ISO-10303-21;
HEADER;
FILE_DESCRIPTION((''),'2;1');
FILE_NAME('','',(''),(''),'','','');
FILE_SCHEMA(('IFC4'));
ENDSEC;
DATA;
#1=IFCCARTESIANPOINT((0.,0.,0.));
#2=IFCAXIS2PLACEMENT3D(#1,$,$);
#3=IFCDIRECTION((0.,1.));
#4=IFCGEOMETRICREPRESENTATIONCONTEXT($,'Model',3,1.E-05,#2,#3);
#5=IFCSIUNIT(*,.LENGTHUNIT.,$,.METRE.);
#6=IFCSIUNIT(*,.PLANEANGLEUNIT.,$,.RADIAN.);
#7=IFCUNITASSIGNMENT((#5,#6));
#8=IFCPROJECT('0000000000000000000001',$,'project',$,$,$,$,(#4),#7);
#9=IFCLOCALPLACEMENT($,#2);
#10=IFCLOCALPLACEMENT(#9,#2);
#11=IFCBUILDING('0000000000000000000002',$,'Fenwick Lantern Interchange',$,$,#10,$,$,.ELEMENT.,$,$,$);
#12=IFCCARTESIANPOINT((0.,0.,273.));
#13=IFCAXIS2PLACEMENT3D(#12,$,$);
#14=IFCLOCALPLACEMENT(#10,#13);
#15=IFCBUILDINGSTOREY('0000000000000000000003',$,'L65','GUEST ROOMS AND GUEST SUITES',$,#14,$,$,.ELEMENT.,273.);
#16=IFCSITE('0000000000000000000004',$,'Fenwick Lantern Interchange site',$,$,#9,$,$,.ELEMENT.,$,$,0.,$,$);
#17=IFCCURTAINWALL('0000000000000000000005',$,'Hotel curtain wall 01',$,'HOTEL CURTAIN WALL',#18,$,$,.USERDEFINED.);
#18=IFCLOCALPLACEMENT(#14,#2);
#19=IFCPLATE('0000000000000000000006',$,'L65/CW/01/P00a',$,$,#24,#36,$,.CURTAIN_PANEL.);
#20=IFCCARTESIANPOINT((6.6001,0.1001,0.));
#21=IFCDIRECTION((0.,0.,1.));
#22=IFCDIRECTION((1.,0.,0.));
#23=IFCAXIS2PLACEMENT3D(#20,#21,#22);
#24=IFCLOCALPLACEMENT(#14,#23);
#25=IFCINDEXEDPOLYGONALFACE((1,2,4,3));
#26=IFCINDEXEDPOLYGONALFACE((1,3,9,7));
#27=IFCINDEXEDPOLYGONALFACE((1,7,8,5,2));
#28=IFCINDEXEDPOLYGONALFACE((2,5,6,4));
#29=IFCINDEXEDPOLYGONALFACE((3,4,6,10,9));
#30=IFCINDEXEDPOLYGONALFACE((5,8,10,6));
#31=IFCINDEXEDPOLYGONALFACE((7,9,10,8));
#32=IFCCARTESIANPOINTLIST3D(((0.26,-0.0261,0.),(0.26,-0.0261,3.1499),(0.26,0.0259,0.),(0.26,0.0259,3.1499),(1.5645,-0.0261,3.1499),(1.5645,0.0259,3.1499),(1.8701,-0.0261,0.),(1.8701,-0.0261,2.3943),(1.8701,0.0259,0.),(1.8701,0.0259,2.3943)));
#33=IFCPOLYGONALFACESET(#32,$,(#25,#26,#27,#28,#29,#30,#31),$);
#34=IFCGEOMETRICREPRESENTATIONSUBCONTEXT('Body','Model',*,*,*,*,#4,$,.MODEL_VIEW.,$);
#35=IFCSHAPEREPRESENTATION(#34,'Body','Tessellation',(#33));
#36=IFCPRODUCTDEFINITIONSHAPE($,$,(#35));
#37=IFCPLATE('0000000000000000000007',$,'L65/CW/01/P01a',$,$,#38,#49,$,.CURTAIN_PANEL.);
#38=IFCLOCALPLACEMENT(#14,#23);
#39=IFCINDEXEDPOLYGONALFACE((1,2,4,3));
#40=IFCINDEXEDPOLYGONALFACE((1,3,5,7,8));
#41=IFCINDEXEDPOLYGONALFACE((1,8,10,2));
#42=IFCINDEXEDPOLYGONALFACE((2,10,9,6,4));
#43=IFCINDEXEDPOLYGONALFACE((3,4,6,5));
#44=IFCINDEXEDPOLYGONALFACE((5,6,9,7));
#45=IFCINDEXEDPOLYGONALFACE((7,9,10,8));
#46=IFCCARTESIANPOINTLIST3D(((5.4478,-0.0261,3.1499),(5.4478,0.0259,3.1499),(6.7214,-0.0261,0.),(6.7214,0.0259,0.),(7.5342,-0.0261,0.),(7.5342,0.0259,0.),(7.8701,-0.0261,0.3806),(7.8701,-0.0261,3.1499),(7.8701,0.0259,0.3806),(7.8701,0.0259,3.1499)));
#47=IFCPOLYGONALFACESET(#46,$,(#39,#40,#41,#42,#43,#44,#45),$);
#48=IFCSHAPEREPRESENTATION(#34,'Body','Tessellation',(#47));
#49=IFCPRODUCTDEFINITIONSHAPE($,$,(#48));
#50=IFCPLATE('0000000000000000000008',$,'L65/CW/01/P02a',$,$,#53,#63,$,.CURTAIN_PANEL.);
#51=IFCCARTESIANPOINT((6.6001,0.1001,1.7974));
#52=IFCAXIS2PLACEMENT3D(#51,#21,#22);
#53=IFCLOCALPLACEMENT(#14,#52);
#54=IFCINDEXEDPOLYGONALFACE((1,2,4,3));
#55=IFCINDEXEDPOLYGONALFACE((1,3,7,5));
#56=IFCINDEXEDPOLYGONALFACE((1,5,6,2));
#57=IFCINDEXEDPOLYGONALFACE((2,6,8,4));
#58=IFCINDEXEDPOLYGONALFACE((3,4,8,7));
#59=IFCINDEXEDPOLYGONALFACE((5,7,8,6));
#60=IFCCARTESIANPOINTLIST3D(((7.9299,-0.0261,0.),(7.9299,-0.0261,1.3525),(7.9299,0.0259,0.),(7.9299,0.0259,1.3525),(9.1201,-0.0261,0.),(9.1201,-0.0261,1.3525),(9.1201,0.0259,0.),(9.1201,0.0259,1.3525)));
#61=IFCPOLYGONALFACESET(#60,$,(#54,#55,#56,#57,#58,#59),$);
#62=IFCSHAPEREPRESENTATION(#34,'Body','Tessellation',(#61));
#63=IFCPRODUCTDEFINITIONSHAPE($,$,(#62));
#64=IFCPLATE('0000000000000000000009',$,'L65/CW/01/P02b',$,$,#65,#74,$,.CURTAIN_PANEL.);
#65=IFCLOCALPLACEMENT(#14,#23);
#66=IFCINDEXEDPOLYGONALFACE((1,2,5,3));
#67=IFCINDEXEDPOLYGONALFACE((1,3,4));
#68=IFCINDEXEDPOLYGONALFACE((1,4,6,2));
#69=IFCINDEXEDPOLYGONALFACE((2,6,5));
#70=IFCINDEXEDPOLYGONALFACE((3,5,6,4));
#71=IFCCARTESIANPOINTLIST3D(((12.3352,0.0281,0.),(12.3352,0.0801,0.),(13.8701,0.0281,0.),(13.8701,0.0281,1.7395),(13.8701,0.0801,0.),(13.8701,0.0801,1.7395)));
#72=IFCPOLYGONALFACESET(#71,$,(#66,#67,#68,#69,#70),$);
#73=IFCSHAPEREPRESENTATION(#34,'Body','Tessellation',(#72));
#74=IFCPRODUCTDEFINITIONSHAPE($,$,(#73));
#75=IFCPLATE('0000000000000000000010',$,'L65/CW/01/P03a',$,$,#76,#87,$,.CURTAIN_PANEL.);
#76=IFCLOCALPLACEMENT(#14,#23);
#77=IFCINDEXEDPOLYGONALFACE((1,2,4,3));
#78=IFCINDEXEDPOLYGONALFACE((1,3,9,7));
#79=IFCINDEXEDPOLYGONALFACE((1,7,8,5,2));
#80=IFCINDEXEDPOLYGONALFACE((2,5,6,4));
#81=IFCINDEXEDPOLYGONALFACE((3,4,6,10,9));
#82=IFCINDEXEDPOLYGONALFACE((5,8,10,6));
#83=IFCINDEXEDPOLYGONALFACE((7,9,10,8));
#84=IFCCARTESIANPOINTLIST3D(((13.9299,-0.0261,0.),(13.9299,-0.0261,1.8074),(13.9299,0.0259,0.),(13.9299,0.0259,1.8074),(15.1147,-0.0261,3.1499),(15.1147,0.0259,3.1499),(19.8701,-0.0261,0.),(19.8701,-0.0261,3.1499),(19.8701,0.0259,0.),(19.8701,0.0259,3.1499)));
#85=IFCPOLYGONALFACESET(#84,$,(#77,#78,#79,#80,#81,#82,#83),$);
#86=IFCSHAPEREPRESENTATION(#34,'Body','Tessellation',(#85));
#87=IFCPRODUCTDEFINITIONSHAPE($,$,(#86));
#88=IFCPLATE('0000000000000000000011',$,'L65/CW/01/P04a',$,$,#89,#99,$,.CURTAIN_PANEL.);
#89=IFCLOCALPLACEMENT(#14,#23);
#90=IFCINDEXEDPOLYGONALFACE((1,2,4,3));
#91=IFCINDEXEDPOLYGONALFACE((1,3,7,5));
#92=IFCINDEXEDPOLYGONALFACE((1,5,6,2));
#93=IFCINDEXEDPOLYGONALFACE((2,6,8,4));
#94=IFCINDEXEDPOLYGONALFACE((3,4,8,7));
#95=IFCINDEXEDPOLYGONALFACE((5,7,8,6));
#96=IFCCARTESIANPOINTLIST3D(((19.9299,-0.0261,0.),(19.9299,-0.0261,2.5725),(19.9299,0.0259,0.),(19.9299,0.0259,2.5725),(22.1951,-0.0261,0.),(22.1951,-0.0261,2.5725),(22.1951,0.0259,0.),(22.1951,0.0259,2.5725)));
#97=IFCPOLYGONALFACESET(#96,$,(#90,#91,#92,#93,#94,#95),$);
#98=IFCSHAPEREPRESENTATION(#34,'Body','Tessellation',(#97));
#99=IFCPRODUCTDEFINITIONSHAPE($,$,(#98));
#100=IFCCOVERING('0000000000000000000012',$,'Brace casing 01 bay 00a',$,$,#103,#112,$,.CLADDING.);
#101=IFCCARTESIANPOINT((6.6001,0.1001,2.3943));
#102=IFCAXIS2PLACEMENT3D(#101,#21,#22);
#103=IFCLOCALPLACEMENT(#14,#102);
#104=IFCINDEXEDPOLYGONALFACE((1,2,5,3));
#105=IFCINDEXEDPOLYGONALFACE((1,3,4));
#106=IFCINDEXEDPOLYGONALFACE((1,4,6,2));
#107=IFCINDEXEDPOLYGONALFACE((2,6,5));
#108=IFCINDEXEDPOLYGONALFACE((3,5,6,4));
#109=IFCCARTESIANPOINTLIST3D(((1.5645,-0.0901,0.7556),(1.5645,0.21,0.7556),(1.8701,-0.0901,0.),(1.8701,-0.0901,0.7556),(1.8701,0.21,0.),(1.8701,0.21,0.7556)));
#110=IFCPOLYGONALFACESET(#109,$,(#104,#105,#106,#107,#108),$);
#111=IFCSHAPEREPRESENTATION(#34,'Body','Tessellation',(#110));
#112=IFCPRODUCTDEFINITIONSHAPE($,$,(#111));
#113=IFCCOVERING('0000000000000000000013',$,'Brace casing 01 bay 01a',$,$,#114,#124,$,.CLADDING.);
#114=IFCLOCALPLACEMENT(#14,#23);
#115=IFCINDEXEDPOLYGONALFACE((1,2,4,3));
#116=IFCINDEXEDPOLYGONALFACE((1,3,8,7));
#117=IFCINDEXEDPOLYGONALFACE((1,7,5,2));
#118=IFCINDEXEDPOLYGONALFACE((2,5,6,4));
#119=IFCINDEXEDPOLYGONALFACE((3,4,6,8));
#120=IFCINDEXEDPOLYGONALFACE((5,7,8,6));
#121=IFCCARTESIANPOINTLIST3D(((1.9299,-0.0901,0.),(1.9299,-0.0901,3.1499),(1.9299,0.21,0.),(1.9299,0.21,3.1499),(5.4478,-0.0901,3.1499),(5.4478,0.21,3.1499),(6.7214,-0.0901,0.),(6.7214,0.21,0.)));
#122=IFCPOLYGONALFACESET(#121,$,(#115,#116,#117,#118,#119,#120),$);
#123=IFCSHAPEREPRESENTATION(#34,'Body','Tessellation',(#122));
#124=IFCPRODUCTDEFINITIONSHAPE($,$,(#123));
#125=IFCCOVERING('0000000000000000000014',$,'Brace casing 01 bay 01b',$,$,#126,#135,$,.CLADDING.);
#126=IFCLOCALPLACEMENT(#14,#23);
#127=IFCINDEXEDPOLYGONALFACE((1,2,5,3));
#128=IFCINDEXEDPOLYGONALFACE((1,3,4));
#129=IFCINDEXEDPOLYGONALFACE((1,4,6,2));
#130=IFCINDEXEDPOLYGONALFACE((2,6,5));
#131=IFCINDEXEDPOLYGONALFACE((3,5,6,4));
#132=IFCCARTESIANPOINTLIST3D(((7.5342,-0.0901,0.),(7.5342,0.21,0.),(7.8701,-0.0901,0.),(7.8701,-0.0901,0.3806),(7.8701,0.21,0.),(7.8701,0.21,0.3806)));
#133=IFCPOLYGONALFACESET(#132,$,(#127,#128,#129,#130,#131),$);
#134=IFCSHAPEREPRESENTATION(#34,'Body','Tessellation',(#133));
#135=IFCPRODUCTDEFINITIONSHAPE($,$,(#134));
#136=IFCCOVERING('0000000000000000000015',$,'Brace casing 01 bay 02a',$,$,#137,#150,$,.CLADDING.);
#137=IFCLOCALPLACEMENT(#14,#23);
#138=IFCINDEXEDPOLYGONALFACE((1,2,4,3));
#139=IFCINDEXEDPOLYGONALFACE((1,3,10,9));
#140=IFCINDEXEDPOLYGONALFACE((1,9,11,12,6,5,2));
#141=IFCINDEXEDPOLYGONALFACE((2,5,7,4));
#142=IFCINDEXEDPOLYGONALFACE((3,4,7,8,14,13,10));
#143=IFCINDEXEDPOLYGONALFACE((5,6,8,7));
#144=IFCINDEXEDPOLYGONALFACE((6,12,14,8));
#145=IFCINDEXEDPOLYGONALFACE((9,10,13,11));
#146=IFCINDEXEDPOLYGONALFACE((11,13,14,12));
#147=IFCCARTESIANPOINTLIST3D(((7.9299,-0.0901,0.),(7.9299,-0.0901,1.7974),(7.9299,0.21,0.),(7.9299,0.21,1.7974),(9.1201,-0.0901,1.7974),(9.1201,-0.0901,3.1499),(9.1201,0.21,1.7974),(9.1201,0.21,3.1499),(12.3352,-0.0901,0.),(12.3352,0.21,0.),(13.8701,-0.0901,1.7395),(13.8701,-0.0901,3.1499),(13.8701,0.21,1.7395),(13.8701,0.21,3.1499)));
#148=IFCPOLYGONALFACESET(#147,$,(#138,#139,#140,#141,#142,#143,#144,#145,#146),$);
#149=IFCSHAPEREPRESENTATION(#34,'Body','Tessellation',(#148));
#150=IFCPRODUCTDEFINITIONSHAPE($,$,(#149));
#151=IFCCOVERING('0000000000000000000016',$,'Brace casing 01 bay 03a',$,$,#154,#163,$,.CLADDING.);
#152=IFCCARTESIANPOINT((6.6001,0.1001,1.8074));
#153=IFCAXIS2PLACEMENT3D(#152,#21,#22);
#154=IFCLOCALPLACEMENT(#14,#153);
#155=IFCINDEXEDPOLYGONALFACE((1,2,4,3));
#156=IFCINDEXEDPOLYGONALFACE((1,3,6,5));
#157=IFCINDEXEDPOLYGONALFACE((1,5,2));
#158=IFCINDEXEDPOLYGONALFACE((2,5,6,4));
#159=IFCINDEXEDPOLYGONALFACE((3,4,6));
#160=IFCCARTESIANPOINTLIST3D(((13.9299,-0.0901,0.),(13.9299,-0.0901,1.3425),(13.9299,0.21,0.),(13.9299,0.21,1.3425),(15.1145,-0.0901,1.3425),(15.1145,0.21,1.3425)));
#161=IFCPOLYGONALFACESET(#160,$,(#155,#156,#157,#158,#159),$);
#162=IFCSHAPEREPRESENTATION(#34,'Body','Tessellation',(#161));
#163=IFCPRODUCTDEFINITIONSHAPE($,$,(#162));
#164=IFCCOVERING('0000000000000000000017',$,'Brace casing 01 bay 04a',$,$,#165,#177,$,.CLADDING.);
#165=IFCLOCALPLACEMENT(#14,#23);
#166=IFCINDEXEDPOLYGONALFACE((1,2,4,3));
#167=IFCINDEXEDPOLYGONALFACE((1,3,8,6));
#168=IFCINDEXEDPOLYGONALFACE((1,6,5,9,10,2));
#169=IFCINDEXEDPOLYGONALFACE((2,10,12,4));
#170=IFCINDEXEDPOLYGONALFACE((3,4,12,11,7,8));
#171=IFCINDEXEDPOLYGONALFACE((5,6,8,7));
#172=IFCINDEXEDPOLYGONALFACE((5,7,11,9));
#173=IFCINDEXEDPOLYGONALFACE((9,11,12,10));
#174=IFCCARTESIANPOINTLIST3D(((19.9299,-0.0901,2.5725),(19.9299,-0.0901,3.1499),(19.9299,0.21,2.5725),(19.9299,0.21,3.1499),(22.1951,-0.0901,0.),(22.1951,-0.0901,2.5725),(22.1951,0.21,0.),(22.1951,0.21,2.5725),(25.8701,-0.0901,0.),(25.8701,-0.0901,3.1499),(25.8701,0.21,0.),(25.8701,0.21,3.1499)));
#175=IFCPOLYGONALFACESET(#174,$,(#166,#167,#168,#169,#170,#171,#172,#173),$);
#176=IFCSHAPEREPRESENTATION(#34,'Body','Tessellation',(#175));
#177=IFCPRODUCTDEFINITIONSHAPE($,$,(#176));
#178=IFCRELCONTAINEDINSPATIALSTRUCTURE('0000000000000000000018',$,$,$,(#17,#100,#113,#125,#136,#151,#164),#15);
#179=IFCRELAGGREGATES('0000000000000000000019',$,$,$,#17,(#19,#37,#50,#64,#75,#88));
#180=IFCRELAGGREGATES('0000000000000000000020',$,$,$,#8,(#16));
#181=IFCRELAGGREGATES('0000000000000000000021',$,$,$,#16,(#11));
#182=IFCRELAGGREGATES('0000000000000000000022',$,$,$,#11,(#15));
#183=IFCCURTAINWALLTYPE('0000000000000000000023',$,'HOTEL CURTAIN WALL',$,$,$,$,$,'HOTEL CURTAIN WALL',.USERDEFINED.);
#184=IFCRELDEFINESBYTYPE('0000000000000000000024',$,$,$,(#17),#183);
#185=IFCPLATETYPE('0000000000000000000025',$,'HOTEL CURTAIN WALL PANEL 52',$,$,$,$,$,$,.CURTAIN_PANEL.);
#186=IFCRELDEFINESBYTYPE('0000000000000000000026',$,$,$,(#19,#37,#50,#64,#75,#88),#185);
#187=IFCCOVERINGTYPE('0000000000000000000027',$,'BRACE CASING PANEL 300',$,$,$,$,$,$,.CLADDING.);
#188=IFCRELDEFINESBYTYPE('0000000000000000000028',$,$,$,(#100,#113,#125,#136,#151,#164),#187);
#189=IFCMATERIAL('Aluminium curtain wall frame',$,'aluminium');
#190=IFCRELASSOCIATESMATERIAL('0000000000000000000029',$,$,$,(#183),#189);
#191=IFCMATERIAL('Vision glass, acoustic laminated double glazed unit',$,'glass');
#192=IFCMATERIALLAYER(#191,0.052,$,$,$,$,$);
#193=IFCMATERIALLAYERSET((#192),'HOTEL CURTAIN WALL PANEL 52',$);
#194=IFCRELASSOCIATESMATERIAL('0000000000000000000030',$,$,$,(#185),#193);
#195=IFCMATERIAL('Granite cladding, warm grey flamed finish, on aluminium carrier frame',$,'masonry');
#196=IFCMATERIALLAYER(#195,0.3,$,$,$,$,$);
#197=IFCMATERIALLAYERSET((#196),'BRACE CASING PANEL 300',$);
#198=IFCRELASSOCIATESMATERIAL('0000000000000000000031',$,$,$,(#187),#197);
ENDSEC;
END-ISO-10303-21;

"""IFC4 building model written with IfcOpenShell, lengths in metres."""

from ifc_helpers import new_model, si_unit, direction, frame, origin, place, context, subcontext, project, spatial, polyline, outline, extrude, material, layer, layer_set, type_object, element, aggregate, save


model = new_model("IFC4")

# Units and contexts
model_context = context("Model", 3, precision=1e-05, world=origin(), true_north=direction((0.0, 1.0)))
body_context = subcontext(model_context, "Body", "Model", "MODEL_VIEW")
ifc_project = project(units=[si_unit("LENGTHUNIT", "METRE"), si_unit("PLANEANGLEUNIT", "RADIAN")], contexts=[model_context])

# Site, building, storey
site_placement = place(None, origin())
site = spatial("IfcSite", under=ifc_project, at=site_placement, Name="Fenwick Lantern Interchange site", CompositionType="ELEMENT", RefElevation=0.0)
building_placement = place(site_placement, origin())
building = spatial("IfcBuilding", under=site, at=building_placement, Name="Fenwick Lantern Interchange", CompositionType="ELEMENT")
storey_placement = place(building_placement, frame((0.0, 0.0, 273.0)))
storey = spatial("IfcBuildingStorey", under=building, at=storey_placement, Name="L65", Description="GUEST ROOMS AND GUEST SUITES", CompositionType="ELEMENT", Elevation=273.0)

# Curtain wall, plates
ifc_material_1 = material(Name="Aluminium curtain wall frame", Category="aluminium")
curtain_wall_type = type_object("IfcCurtainWallType", Name="HOTEL CURTAIN WALL", ElementType="HOTEL CURTAIN WALL", PredefinedType="USERDEFINED", material=ifc_material_1)
curtain_wall_placement = place(storey_placement, origin())
curtain_wall = element("IfcCurtainWall", 1, at=curtain_wall_placement, inside=storey, type_object=curtain_wall_type, Name="Hotel curtain wall 01", ObjectType="HOTEL CURTAIN WALL", PredefinedType="USERDEFINED")
ifc_material_2 = material(Name="Vision glass, acoustic laminated double glazed unit", Category="glass")
ifc_layer_1 = layer(ifc_material_2, 0.052)
ifc_layer_set_1 = layer_set([ifc_layer_1], Name="HOTEL CURTAIN WALL PANEL 52")
plate_type = type_object("IfcPlateType", Name="HOTEL CURTAIN WALL PANEL 52", PredefinedType="CURTAIN_PANEL", material=ifc_layer_set_1)
plate_1_placement = place(storey_placement, frame((6.6001, 0.1001, 0.0), z_axis=(0.0, 0.0, 1.0), x_axis=(1.0, 0.0, 0.0)))
plate_1 = element("IfcPlate", 2, at=plate_1_placement, type_object=plate_type, Name="L65/CW/01/P00a", PredefinedType="CURTAIN_PANEL", context=body_context, shape_type="SweptSolid", body=[
    extrude(outline(polyline([(0.26, 0.0), (1.8701, 0.0), (1.8701, 2.3943), (1.5645, 3.1499), (0.26, 3.1499), (0.26, 0.0)])), frame((0.0, 0.0259, 0.0), z_axis=(0.0, -1.0, 0.0), x_axis=(1.0, 0.0, 0.0)), (0.0, 0.0, 1.0), 0.052),
])
plate_2_placement = place(storey_placement, frame((6.6001, 0.1001, 0.0), z_axis=(0.0, 0.0, 1.0), x_axis=(1.0, 0.0, 0.0)))
plate_2 = element("IfcPlate", 3, at=plate_2_placement, type_object=plate_type, Name="L65/CW/01/P01a", PredefinedType="CURTAIN_PANEL", context=body_context, shape_type="SweptSolid", body=[
    extrude(outline(polyline([(6.7214, 0.0), (7.5342, 0.0), (7.8701, 0.3806), (7.8701, 3.1499), (5.4478, 3.1499), (6.7214, 0.0)])), frame((0.0, 0.0259, 0.0), z_axis=(0.0, -1.0, 0.0), x_axis=(1.0, 0.0, 0.0)), (0.0, 0.0, 1.0), 0.052),
])
plate_3_placement = place(storey_placement, frame((6.6001, 0.1001, 1.7974), z_axis=(0.0, 0.0, 1.0), x_axis=(1.0, 0.0, 0.0)))
plate_3 = element("IfcPlate", 4, at=plate_3_placement, type_object=plate_type, Name="L65/CW/01/P02a", PredefinedType="CURTAIN_PANEL", context=body_context, shape_type="SweptSolid", body=[
    extrude(outline(polyline([(7.9299, 0.0), (9.1201, 0.0), (9.1201, 1.3525), (7.9299, 1.3525), (7.9299, 0.0)])), frame((0.0, 0.0259, 0.0), z_axis=(0.0, -1.0, 0.0), x_axis=(1.0, 0.0, 0.0)), (0.0, 0.0, 1.0), 0.052),
])
plate_4_placement = place(storey_placement, frame((6.6001, 0.1001, 0.0), z_axis=(0.0, 0.0, 1.0), x_axis=(1.0, 0.0, 0.0)))
plate_4 = element("IfcPlate", 5, at=plate_4_placement, type_object=plate_type, Name="L65/CW/01/P02b", PredefinedType="CURTAIN_PANEL", context=body_context, shape_type="SweptSolid", body=[
    extrude(outline(polyline([(12.3352, 0.0), (13.8701, 0.0), (13.8701, 1.7395), (12.3352, 0.0)])), frame((0.0, 0.0801, 0.0), z_axis=(0.0, -1.0, 0.0), x_axis=(1.0, 0.0, 0.0)), (0.0, 0.0, 1.0), 0.052),
])
plate_5_placement = place(storey_placement, frame((6.6001, 0.1001, 0.0), z_axis=(0.0, 0.0, 1.0), x_axis=(1.0, 0.0, 0.0)))
plate_5 = element("IfcPlate", 6, at=plate_5_placement, type_object=plate_type, Name="L65/CW/01/P03a", PredefinedType="CURTAIN_PANEL", context=body_context, shape_type="SweptSolid", body=[
    extrude(outline(polyline([(13.9299, 0.0), (19.8701, 0.0), (19.8701, 3.1499), (15.1147, 3.1499), (13.9299, 1.8074), (13.9299, 0.0)])), frame((0.0, 0.0259, 0.0), z_axis=(0.0, -1.0, 0.0), x_axis=(1.0, 0.0, 0.0)), (0.0, 0.0, 1.0), 0.052),
])
plate_6_placement = place(storey_placement, frame((6.6001, 0.1001, 0.0), z_axis=(0.0, 0.0, 1.0), x_axis=(1.0, 0.0, 0.0)))
plate_6 = element("IfcPlate", 7, at=plate_6_placement, type_object=plate_type, Name="L65/CW/01/P04a", PredefinedType="CURTAIN_PANEL", context=body_context, shape_type="SweptSolid", body=[
    extrude(outline(polyline([(19.9299, 0.0), (22.1951, 0.0), (22.1951, 2.5725), (19.9299, 2.5725), (19.9299, 0.0)])), frame((0.0, 0.0259, 0.0), z_axis=(0.0, -1.0, 0.0), x_axis=(1.0, 0.0, 0.0)), (0.0, 0.0, 1.0), 0.052),
])
aggregate(curtain_wall, [plate_1, plate_2, plate_3, plate_4, plate_5, plate_6])

# Coverings
ifc_material_3 = material(Name="Granite cladding, warm grey flamed finish, on aluminium carrier frame", Category="masonry")
ifc_layer_2 = layer(ifc_material_3, 0.3)
ifc_layer_set_2 = layer_set([ifc_layer_2], Name="BRACE CASING PANEL 300")
covering_type_1 = type_object("IfcCoveringType", Name="BRACE CASING PANEL 300", PredefinedType="CLADDING", material=ifc_layer_set_2)
covering_1_placement = place(storey_placement, frame((6.6001, 0.1001, 2.3943), z_axis=(0.0, 0.0, 1.0), x_axis=(1.0, 0.0, 0.0)))
element("IfcCovering", 8, at=covering_1_placement, inside=storey, type_object=covering_type_1, Name="Brace casing 01 bay 00a", PredefinedType="CLADDING", context=body_context, shape_type="SweptSolid", body=[
    extrude(outline(polyline([(1.8701, 0.0), (1.8701, 0.7556), (1.5645, 0.7556), (1.8701, 0.0)])), frame((0.0, 0.21, 0.0), z_axis=(0.0, -1.0, 0.0), x_axis=(1.0, 0.0, 0.0)), (0.0, 0.0, 1.0), 0.3),
])
covering_2_placement = place(storey_placement, frame((6.6001, 0.1001, 0.0), z_axis=(0.0, 0.0, 1.0), x_axis=(1.0, 0.0, 0.0)))
element("IfcCovering", 9, at=covering_2_placement, inside=storey, type_object=covering_type_1, Name="Brace casing 01 bay 01a", PredefinedType="CLADDING", context=body_context, shape_type="SweptSolid", body=[
    extrude(outline(polyline([(1.9299, 0.0), (6.7214, 0.0), (5.4478, 3.1499), (1.9299, 3.1499), (1.9299, 0.0)])), frame((0.0, 0.21, 0.0), z_axis=(0.0, -1.0, 0.0), x_axis=(1.0, 0.0, 0.0)), (0.0, 0.0, 1.0), 0.3),
])
covering_3_placement = place(storey_placement, frame((6.6001, 0.1001, 0.0), z_axis=(0.0, 0.0, 1.0), x_axis=(1.0, 0.0, 0.0)))
element("IfcCovering", 10, at=covering_3_placement, inside=storey, type_object=covering_type_1, Name="Brace casing 01 bay 01b", PredefinedType="CLADDING", context=body_context, shape_type="SweptSolid", body=[
    extrude(outline(polyline([(7.5342, 0.0), (7.8701, 0.0), (7.8701, 0.3806), (7.5342, 0.0)])), frame((0.0, 0.21, 0.0), z_axis=(0.0, -1.0, 0.0), x_axis=(1.0, 0.0, 0.0)), (0.0, 0.0, 1.0), 0.3),
])
covering_4_placement = place(storey_placement, frame((6.6001, 0.1001, 0.0), z_axis=(0.0, 0.0, 1.0), x_axis=(1.0, 0.0, 0.0)))
element("IfcCovering", 11, at=covering_4_placement, inside=storey, type_object=covering_type_1, Name="Brace casing 01 bay 02a", PredefinedType="CLADDING", context=body_context, shape_type="SweptSolid", body=[
    extrude(outline(polyline([(7.9299, 0.0), (12.3352, 0.0), (13.8701, 1.7395), (13.8701, 3.1499), (9.1201, 3.1499), (9.1201, 1.7974), (7.9299, 1.7974), (7.9299, 0.0)])), frame((0.0, 0.21, 0.0), z_axis=(0.0, -1.0, 0.0), x_axis=(1.0, 0.0, 0.0)), (0.0, 0.0, 1.0), 0.3),
])
covering_5_placement = place(storey_placement, frame((6.6001, 0.1001, 1.8074), z_axis=(0.0, 0.0, 1.0), x_axis=(1.0, 0.0, 0.0)))
element("IfcCovering", 12, at=covering_5_placement, inside=storey, type_object=covering_type_1, Name="Brace casing 01 bay 03a", PredefinedType="CLADDING", context=body_context, shape_type="SweptSolid", body=[
    extrude(outline(polyline([(13.9299, 0.0), (15.1145, 1.3425), (13.9299, 1.3425), (13.9299, 0.0)])), frame((0.0, 0.21, 0.0), z_axis=(0.0, -1.0, 0.0), x_axis=(1.0, 0.0, 0.0)), (0.0, 0.0, 1.0), 0.3),
])
covering_6_placement = place(storey_placement, frame((6.6001, 0.1001, 0.0), z_axis=(0.0, 0.0, 1.0), x_axis=(1.0, 0.0, 0.0)))
element("IfcCovering", 13, at=covering_6_placement, inside=storey, type_object=covering_type_1, Name="Brace casing 01 bay 04a", PredefinedType="CLADDING", context=body_context, shape_type="SweptSolid", body=[
    extrude(outline(polyline([(22.1951, 0.0), (25.8701, 0.0), (25.8701, 3.1499), (19.9299, 3.1499), (19.9299, 2.5725), (22.1951, 2.5725), (22.1951, 0.0)])), frame((0.0, 0.21, 0.0), z_axis=(0.0, -1.0, 0.0), x_axis=(1.0, 0.0, 0.0)), (0.0, 0.0, 1.0), 0.3),
])

save(model, "model.ifc")
